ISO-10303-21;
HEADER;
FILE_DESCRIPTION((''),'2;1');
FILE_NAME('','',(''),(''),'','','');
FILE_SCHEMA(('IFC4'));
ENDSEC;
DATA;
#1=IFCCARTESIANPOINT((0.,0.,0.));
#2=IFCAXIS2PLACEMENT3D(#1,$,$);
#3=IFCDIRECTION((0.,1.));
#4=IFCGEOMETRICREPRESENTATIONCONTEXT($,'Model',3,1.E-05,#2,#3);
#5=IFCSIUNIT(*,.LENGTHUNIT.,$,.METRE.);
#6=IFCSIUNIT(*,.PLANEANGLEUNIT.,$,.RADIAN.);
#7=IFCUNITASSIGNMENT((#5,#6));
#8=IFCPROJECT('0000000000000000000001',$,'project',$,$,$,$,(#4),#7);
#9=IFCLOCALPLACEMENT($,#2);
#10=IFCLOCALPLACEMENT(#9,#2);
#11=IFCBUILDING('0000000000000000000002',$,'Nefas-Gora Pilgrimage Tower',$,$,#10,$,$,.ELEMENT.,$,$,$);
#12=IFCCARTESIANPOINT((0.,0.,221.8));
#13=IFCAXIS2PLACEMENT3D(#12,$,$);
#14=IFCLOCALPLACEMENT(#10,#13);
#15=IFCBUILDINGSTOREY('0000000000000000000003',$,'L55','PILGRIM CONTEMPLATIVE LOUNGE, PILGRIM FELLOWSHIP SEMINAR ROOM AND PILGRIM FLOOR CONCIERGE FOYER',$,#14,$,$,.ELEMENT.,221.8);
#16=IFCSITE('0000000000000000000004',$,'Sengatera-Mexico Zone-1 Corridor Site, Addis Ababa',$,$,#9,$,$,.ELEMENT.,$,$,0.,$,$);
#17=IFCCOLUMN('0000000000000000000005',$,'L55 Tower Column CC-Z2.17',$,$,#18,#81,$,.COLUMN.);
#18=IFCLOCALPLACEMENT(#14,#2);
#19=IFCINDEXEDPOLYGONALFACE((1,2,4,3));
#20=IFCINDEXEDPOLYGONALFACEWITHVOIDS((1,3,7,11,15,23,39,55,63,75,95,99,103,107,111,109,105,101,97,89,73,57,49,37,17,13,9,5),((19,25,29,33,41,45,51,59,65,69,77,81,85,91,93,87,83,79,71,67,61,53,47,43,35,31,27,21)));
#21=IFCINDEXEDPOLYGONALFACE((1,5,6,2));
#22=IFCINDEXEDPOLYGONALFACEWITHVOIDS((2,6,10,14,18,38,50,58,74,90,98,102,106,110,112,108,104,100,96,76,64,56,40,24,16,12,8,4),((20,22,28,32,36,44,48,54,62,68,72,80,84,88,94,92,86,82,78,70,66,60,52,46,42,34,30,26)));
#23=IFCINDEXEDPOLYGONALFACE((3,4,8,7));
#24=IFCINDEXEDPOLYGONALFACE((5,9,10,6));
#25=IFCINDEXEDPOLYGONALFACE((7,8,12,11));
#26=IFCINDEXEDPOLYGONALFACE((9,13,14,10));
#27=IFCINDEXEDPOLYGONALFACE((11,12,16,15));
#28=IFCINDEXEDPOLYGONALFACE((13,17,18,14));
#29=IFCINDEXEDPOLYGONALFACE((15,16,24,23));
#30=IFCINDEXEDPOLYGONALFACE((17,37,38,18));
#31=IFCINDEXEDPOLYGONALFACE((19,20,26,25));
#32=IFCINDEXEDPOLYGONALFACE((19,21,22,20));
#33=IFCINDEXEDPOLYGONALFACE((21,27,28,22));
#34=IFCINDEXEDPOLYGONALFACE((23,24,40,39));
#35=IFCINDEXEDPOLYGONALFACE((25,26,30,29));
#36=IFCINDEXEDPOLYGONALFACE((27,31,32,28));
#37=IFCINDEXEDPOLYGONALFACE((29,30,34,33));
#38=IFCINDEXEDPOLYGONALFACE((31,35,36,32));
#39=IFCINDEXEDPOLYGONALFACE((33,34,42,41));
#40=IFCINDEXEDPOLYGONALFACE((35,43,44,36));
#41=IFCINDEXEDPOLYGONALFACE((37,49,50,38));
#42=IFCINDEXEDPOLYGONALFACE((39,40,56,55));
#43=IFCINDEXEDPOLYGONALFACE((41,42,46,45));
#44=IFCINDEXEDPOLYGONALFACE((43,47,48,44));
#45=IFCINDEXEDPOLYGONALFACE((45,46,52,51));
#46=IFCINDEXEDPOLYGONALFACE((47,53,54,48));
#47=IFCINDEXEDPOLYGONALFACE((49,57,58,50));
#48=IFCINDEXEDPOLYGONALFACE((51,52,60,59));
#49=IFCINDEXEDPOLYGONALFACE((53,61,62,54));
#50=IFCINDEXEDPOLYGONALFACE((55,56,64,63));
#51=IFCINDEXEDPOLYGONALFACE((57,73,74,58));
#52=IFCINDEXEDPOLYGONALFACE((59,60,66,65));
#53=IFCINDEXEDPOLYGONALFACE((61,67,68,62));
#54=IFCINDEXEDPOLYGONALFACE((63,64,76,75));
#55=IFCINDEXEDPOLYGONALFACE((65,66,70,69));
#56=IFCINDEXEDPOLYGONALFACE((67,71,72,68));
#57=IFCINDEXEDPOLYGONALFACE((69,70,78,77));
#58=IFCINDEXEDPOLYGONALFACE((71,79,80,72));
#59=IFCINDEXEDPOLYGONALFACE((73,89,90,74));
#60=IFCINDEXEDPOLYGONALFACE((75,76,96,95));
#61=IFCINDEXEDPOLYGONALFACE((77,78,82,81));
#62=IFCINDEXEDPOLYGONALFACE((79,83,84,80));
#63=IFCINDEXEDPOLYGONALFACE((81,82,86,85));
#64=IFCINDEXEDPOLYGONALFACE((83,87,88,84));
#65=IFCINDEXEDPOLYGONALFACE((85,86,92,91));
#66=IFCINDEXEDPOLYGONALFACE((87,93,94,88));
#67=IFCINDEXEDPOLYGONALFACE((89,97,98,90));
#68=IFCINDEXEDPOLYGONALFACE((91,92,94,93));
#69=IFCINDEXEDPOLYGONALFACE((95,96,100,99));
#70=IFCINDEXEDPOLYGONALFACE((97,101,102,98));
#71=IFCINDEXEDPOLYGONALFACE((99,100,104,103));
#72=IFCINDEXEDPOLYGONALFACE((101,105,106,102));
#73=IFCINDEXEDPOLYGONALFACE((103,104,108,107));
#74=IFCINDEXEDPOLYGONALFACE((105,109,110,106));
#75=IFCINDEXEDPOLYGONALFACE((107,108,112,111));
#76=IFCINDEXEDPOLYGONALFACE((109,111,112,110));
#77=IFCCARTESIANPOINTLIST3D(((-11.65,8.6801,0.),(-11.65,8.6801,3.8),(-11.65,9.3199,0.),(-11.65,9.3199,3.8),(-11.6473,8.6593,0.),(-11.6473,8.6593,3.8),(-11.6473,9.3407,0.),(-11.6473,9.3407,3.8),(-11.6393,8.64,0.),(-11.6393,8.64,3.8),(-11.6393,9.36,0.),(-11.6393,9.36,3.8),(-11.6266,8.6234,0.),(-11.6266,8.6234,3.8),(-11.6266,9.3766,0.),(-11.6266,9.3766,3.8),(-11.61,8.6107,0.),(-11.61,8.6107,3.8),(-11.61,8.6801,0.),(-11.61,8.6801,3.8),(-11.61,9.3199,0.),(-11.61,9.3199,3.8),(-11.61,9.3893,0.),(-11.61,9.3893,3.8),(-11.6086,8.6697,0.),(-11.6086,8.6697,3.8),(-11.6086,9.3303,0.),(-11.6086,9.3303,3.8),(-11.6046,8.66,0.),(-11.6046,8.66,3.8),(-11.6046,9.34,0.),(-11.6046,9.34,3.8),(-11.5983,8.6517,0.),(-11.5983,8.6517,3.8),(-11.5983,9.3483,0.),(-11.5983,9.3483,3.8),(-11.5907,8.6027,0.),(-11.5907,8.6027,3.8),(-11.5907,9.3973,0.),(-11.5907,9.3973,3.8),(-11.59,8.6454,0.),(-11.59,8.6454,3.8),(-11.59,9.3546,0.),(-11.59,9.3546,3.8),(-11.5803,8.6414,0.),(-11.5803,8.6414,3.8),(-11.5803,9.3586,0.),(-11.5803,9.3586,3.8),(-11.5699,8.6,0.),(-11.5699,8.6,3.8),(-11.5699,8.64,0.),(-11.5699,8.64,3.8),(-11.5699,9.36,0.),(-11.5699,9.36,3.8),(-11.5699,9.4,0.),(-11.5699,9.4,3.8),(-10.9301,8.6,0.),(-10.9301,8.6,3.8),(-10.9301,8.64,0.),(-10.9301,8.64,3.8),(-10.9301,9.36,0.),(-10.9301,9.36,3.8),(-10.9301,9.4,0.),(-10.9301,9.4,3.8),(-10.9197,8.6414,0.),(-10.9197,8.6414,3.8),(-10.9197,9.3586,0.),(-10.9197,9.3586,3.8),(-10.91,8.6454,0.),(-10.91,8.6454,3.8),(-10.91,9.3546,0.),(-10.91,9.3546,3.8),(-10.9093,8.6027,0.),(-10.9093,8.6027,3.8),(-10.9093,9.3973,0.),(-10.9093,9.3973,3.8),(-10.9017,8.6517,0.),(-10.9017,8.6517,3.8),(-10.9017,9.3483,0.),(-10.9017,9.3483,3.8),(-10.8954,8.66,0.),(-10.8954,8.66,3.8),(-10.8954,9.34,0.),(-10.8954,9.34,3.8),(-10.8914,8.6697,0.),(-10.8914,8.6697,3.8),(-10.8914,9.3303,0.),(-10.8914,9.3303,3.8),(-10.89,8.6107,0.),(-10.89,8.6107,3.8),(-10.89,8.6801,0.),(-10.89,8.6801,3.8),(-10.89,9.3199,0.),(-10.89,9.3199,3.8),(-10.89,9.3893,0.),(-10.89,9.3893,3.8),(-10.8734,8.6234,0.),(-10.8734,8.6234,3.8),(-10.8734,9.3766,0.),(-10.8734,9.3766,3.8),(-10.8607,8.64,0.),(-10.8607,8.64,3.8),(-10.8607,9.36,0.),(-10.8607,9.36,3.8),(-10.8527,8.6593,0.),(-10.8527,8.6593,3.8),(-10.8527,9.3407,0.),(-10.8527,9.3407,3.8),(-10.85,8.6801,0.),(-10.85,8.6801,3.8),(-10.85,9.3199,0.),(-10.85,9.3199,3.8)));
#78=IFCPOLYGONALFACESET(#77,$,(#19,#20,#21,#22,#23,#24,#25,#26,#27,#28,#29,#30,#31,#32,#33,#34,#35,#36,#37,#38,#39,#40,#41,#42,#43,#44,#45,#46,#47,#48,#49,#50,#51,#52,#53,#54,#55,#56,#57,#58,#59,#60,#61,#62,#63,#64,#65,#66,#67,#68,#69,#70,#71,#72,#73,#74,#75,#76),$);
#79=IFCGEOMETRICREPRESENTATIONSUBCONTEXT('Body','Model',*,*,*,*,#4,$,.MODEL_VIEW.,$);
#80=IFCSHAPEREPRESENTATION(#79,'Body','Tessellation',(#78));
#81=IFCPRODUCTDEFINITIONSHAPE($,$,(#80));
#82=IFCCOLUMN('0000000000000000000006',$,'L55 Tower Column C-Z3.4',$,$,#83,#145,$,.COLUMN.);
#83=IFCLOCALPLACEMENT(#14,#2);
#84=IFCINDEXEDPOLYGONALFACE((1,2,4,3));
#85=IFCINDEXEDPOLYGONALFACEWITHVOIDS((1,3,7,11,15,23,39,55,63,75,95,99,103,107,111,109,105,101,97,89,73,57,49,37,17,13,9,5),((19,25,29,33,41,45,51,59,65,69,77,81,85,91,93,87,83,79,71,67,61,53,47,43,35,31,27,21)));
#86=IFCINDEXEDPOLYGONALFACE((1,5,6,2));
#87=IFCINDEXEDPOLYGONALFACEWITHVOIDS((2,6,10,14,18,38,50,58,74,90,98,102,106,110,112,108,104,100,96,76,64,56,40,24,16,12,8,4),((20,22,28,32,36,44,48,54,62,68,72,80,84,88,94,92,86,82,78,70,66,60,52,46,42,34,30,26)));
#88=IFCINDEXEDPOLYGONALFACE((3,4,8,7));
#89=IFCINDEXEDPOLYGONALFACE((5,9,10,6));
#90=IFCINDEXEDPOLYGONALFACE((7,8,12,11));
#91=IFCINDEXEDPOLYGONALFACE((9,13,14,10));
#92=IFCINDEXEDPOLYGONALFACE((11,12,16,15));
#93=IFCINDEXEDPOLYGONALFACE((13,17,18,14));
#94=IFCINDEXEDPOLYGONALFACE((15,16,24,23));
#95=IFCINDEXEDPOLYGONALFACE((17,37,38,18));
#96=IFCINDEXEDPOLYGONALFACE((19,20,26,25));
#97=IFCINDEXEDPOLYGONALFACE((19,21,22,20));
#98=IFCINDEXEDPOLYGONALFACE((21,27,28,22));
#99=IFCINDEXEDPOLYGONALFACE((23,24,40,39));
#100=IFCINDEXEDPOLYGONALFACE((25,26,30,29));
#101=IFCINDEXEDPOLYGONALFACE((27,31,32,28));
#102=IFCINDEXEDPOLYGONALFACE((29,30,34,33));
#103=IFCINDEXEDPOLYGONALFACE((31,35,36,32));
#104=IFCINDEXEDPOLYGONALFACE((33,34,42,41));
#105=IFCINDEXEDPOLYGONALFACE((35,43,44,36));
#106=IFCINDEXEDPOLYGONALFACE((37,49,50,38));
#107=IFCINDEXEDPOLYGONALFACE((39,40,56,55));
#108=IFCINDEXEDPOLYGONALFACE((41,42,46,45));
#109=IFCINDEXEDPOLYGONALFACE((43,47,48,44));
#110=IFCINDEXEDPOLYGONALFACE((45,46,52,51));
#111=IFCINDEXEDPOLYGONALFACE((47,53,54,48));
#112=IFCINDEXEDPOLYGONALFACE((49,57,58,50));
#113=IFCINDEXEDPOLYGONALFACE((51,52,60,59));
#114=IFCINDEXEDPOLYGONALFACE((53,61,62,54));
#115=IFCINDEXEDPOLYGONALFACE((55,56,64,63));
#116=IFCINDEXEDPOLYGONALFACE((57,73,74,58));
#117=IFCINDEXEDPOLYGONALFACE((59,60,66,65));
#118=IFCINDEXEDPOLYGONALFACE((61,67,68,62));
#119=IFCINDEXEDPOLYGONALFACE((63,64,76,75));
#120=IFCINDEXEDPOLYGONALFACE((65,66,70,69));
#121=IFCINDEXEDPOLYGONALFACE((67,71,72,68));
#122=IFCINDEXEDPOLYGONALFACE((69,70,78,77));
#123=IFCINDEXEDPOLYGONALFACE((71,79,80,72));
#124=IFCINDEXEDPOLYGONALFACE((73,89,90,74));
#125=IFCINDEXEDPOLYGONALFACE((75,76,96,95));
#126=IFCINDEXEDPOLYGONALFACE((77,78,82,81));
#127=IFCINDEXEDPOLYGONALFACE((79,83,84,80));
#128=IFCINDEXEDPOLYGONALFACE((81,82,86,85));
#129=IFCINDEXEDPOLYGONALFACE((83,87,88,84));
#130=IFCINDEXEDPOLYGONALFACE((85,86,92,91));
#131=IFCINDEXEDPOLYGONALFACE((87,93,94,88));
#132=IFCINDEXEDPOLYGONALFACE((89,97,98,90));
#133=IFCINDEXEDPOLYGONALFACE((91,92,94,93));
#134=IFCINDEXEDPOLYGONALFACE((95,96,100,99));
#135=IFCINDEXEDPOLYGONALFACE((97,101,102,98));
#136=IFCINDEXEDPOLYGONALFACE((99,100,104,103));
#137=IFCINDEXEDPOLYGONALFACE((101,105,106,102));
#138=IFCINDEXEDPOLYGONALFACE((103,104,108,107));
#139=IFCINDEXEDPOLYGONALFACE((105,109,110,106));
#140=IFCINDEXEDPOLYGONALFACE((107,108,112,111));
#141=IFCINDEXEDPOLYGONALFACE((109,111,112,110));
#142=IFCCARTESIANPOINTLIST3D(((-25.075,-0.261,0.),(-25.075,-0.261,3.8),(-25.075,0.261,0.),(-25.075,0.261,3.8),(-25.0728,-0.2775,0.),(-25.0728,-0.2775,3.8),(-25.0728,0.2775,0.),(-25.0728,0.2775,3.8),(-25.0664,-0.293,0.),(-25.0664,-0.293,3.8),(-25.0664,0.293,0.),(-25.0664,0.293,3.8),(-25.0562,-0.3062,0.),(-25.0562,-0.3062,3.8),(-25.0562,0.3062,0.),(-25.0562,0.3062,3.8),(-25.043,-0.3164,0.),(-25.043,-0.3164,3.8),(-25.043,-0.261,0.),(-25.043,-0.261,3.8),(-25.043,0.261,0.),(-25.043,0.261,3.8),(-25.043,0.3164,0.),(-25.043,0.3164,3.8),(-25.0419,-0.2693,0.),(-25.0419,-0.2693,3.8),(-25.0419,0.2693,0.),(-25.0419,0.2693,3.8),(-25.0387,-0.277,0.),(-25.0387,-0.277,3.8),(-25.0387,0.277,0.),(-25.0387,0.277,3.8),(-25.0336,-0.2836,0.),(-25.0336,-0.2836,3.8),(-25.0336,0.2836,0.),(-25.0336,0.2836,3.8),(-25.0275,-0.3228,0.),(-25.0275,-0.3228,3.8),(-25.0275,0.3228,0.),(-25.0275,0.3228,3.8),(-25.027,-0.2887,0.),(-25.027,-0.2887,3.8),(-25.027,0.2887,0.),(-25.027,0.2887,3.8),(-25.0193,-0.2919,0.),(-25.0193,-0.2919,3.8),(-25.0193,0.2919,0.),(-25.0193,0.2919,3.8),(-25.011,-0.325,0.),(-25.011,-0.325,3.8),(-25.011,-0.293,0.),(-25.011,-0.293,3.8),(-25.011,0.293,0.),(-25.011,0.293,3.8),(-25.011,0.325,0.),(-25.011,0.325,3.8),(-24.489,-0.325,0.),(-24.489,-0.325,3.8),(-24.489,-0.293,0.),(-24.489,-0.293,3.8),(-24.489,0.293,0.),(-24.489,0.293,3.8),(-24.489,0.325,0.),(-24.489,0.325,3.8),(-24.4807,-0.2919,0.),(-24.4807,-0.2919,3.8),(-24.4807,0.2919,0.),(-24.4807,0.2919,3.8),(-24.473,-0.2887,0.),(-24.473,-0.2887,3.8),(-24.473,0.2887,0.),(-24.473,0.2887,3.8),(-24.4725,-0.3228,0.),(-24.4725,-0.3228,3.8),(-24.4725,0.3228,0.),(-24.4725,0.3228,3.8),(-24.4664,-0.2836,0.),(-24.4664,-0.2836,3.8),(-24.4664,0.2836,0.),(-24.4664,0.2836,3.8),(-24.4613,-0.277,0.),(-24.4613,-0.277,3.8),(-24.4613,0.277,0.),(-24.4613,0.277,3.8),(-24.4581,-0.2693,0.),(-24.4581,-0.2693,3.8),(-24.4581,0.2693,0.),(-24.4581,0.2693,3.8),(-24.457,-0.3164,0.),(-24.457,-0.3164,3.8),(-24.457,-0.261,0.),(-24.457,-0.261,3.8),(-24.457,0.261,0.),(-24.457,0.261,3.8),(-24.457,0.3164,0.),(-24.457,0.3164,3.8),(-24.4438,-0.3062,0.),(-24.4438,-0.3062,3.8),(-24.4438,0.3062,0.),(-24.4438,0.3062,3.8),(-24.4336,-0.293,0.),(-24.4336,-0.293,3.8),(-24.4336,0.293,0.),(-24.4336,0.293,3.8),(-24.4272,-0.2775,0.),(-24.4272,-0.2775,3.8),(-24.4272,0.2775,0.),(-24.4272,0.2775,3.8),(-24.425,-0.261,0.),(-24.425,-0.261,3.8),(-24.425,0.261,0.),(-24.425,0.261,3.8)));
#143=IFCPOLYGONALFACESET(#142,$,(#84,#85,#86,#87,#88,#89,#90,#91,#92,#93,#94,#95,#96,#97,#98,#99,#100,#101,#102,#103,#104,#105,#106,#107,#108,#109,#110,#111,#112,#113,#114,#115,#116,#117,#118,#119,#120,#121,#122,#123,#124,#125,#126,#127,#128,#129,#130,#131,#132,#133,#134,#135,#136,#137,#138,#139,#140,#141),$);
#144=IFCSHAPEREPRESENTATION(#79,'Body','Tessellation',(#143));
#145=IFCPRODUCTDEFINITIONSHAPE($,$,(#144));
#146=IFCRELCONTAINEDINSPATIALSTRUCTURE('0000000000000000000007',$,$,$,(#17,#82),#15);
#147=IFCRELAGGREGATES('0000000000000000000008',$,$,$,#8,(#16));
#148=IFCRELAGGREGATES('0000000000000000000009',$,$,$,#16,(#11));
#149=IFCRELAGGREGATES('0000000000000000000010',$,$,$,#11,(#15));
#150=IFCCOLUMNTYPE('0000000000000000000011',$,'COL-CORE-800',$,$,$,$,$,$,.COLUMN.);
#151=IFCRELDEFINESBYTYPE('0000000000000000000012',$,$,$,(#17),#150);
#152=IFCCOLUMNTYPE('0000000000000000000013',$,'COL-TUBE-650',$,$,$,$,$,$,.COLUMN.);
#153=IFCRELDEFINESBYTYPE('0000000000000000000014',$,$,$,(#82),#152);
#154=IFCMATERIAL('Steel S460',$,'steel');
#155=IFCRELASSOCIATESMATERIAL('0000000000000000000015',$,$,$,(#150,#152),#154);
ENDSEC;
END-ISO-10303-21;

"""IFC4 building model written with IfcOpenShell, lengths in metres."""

from ifc_helpers import new_model, si_unit, direction, frame, origin, origin_2d, place, context, subcontext, project, spatial, hollow_rectangle, extrude, source, transform, mapped, material, material_profile, profile_set, type_object, element, save


model = new_model("IFC4")

# Units and contexts
model_context = context("Model", 3, precision=1e-05, world=origin(), true_north=direction((0.0, 1.0)))
body_context = subcontext(model_context, "Body", "Model", "MODEL_VIEW")
ifc_project = project(units=[si_unit("LENGTHUNIT", "METRE"), si_unit("PLANEANGLEUNIT", "RADIAN")], contexts=[model_context])

# Site, building, storey
site_placement = place(None, origin())
site = spatial("IfcSite", under=ifc_project, at=site_placement, Name="Sengatera-Mexico Zone-1 Corridor Site, Addis Ababa", CompositionType="ELEMENT", RefElevation=0.0)
building_placement = place(site_placement, origin())
building = spatial("IfcBuilding", under=site, at=building_placement, Name="Nefas-Gora Pilgrimage Tower", CompositionType="ELEMENT")
storey_placement = place(building_placement, frame((0.0, 0.0, 221.8)))
storey = spatial("IfcBuildingStorey", under=building, at=storey_placement, Name="L55", Description="PILGRIM CONTEMPLATIVE LOUNGE, PILGRIM FELLOWSHIP SEMINAR ROOM AND PILGRIM FLOOR CONCIERGE FOYER", CompositionType="ELEMENT", Elevation=221.8)

# Columns
ifc_material_1 = material(Name="Steel S460", Category="steel")
ifc_material_profile_1 = material_profile(ifc_material_1, hollow_rectangle(XDim=0.8, YDim=0.8, WallThickness=0.04, InnerFilletRadius=0.04, OuterFilletRadius=0.0801, at=origin_2d()), Name="BOX 800x800x40")
ifc_profile_set_1 = profile_set([ifc_material_profile_1], Name="Steel S460")
column_type_1 = type_object("IfcColumnType", Name="COL-CORE-800", PredefinedType="COLUMN", material=ifc_profile_set_1)
shared_shape_1 = source(origin(), body_context, "Body", "SweptSolid", [
    extrude(hollow_rectangle(XDim=0.8, YDim=0.8, WallThickness=0.04, InnerFilletRadius=0.04, OuterFilletRadius=0.0801, at=origin_2d()), origin(), (0.0, 0.0, 1.0), 3.8),
])
column_placement = place(storey_placement, frame((-11.25, 9.0, 0.0), z_axis=(0.0, 0.0, 1.0), x_axis=(1.0, 0.0, 0.0)))
element("IfcColumn", 1, at=column_placement, inside=storey, type_object=column_type_1, Name="L55 Tower Column CC-Z2.17", PredefinedType="COLUMN", context=body_context, shape_type="MappedRepresentation", body=[
    mapped(shared_shape_1, transform((0.0, 0.0, 0.0), x_axis=(1.0, 0.0, 0.0), y_axis=(0.0, 1.0, 0.0), z_axis=(0.0, 0.0, 1.0), scale=1.0)),
])
ifc_material_profile_2 = material_profile(ifc_material_1, hollow_rectangle(XDim=0.6499, YDim=0.6499, WallThickness=0.032, InnerFilletRadius=0.032, OuterFilletRadius=0.064, at=origin_2d()), Name="BOX 650x650x32")
ifc_profile_set_2 = profile_set([ifc_material_profile_2], Name="Steel S460")
column_type_2 = type_object("IfcColumnType", Name="COL-TUBE-650", PredefinedType="COLUMN", material=ifc_profile_set_2)
shared_shape_2 = source(origin(), body_context, "Body", "SweptSolid", [
    extrude(hollow_rectangle(XDim=0.6499, YDim=0.6499, WallThickness=0.032, InnerFilletRadius=0.032, OuterFilletRadius=0.064, at=origin_2d()), origin(), (0.0, 0.0, 1.0), 3.8),
])
for number, where, z_axis, x_axis, name in (
    (2, (-24.75, 0.0, 0.0), (0.0, 0.0, 1.0), (1.0, 0.0, 0.0), "L55 Tower Column C-Z3.4"),
):
    element("IfcColumn", number, at=place(storey_placement, frame(where, z_axis=z_axis, x_axis=x_axis)), inside=storey, type_object=column_type_2, Name=name, PredefinedType="COLUMN", context=body_context, shape_type="MappedRepresentation", body=[
        mapped(shared_shape_2, transform((0.0, 0.0, 0.0), x_axis=(1.0, 0.0, 0.0), y_axis=(0.0, 1.0, 0.0), z_axis=(0.0, 0.0, 1.0), scale=1.0)),
    ])

save(model, "model.ifc")
